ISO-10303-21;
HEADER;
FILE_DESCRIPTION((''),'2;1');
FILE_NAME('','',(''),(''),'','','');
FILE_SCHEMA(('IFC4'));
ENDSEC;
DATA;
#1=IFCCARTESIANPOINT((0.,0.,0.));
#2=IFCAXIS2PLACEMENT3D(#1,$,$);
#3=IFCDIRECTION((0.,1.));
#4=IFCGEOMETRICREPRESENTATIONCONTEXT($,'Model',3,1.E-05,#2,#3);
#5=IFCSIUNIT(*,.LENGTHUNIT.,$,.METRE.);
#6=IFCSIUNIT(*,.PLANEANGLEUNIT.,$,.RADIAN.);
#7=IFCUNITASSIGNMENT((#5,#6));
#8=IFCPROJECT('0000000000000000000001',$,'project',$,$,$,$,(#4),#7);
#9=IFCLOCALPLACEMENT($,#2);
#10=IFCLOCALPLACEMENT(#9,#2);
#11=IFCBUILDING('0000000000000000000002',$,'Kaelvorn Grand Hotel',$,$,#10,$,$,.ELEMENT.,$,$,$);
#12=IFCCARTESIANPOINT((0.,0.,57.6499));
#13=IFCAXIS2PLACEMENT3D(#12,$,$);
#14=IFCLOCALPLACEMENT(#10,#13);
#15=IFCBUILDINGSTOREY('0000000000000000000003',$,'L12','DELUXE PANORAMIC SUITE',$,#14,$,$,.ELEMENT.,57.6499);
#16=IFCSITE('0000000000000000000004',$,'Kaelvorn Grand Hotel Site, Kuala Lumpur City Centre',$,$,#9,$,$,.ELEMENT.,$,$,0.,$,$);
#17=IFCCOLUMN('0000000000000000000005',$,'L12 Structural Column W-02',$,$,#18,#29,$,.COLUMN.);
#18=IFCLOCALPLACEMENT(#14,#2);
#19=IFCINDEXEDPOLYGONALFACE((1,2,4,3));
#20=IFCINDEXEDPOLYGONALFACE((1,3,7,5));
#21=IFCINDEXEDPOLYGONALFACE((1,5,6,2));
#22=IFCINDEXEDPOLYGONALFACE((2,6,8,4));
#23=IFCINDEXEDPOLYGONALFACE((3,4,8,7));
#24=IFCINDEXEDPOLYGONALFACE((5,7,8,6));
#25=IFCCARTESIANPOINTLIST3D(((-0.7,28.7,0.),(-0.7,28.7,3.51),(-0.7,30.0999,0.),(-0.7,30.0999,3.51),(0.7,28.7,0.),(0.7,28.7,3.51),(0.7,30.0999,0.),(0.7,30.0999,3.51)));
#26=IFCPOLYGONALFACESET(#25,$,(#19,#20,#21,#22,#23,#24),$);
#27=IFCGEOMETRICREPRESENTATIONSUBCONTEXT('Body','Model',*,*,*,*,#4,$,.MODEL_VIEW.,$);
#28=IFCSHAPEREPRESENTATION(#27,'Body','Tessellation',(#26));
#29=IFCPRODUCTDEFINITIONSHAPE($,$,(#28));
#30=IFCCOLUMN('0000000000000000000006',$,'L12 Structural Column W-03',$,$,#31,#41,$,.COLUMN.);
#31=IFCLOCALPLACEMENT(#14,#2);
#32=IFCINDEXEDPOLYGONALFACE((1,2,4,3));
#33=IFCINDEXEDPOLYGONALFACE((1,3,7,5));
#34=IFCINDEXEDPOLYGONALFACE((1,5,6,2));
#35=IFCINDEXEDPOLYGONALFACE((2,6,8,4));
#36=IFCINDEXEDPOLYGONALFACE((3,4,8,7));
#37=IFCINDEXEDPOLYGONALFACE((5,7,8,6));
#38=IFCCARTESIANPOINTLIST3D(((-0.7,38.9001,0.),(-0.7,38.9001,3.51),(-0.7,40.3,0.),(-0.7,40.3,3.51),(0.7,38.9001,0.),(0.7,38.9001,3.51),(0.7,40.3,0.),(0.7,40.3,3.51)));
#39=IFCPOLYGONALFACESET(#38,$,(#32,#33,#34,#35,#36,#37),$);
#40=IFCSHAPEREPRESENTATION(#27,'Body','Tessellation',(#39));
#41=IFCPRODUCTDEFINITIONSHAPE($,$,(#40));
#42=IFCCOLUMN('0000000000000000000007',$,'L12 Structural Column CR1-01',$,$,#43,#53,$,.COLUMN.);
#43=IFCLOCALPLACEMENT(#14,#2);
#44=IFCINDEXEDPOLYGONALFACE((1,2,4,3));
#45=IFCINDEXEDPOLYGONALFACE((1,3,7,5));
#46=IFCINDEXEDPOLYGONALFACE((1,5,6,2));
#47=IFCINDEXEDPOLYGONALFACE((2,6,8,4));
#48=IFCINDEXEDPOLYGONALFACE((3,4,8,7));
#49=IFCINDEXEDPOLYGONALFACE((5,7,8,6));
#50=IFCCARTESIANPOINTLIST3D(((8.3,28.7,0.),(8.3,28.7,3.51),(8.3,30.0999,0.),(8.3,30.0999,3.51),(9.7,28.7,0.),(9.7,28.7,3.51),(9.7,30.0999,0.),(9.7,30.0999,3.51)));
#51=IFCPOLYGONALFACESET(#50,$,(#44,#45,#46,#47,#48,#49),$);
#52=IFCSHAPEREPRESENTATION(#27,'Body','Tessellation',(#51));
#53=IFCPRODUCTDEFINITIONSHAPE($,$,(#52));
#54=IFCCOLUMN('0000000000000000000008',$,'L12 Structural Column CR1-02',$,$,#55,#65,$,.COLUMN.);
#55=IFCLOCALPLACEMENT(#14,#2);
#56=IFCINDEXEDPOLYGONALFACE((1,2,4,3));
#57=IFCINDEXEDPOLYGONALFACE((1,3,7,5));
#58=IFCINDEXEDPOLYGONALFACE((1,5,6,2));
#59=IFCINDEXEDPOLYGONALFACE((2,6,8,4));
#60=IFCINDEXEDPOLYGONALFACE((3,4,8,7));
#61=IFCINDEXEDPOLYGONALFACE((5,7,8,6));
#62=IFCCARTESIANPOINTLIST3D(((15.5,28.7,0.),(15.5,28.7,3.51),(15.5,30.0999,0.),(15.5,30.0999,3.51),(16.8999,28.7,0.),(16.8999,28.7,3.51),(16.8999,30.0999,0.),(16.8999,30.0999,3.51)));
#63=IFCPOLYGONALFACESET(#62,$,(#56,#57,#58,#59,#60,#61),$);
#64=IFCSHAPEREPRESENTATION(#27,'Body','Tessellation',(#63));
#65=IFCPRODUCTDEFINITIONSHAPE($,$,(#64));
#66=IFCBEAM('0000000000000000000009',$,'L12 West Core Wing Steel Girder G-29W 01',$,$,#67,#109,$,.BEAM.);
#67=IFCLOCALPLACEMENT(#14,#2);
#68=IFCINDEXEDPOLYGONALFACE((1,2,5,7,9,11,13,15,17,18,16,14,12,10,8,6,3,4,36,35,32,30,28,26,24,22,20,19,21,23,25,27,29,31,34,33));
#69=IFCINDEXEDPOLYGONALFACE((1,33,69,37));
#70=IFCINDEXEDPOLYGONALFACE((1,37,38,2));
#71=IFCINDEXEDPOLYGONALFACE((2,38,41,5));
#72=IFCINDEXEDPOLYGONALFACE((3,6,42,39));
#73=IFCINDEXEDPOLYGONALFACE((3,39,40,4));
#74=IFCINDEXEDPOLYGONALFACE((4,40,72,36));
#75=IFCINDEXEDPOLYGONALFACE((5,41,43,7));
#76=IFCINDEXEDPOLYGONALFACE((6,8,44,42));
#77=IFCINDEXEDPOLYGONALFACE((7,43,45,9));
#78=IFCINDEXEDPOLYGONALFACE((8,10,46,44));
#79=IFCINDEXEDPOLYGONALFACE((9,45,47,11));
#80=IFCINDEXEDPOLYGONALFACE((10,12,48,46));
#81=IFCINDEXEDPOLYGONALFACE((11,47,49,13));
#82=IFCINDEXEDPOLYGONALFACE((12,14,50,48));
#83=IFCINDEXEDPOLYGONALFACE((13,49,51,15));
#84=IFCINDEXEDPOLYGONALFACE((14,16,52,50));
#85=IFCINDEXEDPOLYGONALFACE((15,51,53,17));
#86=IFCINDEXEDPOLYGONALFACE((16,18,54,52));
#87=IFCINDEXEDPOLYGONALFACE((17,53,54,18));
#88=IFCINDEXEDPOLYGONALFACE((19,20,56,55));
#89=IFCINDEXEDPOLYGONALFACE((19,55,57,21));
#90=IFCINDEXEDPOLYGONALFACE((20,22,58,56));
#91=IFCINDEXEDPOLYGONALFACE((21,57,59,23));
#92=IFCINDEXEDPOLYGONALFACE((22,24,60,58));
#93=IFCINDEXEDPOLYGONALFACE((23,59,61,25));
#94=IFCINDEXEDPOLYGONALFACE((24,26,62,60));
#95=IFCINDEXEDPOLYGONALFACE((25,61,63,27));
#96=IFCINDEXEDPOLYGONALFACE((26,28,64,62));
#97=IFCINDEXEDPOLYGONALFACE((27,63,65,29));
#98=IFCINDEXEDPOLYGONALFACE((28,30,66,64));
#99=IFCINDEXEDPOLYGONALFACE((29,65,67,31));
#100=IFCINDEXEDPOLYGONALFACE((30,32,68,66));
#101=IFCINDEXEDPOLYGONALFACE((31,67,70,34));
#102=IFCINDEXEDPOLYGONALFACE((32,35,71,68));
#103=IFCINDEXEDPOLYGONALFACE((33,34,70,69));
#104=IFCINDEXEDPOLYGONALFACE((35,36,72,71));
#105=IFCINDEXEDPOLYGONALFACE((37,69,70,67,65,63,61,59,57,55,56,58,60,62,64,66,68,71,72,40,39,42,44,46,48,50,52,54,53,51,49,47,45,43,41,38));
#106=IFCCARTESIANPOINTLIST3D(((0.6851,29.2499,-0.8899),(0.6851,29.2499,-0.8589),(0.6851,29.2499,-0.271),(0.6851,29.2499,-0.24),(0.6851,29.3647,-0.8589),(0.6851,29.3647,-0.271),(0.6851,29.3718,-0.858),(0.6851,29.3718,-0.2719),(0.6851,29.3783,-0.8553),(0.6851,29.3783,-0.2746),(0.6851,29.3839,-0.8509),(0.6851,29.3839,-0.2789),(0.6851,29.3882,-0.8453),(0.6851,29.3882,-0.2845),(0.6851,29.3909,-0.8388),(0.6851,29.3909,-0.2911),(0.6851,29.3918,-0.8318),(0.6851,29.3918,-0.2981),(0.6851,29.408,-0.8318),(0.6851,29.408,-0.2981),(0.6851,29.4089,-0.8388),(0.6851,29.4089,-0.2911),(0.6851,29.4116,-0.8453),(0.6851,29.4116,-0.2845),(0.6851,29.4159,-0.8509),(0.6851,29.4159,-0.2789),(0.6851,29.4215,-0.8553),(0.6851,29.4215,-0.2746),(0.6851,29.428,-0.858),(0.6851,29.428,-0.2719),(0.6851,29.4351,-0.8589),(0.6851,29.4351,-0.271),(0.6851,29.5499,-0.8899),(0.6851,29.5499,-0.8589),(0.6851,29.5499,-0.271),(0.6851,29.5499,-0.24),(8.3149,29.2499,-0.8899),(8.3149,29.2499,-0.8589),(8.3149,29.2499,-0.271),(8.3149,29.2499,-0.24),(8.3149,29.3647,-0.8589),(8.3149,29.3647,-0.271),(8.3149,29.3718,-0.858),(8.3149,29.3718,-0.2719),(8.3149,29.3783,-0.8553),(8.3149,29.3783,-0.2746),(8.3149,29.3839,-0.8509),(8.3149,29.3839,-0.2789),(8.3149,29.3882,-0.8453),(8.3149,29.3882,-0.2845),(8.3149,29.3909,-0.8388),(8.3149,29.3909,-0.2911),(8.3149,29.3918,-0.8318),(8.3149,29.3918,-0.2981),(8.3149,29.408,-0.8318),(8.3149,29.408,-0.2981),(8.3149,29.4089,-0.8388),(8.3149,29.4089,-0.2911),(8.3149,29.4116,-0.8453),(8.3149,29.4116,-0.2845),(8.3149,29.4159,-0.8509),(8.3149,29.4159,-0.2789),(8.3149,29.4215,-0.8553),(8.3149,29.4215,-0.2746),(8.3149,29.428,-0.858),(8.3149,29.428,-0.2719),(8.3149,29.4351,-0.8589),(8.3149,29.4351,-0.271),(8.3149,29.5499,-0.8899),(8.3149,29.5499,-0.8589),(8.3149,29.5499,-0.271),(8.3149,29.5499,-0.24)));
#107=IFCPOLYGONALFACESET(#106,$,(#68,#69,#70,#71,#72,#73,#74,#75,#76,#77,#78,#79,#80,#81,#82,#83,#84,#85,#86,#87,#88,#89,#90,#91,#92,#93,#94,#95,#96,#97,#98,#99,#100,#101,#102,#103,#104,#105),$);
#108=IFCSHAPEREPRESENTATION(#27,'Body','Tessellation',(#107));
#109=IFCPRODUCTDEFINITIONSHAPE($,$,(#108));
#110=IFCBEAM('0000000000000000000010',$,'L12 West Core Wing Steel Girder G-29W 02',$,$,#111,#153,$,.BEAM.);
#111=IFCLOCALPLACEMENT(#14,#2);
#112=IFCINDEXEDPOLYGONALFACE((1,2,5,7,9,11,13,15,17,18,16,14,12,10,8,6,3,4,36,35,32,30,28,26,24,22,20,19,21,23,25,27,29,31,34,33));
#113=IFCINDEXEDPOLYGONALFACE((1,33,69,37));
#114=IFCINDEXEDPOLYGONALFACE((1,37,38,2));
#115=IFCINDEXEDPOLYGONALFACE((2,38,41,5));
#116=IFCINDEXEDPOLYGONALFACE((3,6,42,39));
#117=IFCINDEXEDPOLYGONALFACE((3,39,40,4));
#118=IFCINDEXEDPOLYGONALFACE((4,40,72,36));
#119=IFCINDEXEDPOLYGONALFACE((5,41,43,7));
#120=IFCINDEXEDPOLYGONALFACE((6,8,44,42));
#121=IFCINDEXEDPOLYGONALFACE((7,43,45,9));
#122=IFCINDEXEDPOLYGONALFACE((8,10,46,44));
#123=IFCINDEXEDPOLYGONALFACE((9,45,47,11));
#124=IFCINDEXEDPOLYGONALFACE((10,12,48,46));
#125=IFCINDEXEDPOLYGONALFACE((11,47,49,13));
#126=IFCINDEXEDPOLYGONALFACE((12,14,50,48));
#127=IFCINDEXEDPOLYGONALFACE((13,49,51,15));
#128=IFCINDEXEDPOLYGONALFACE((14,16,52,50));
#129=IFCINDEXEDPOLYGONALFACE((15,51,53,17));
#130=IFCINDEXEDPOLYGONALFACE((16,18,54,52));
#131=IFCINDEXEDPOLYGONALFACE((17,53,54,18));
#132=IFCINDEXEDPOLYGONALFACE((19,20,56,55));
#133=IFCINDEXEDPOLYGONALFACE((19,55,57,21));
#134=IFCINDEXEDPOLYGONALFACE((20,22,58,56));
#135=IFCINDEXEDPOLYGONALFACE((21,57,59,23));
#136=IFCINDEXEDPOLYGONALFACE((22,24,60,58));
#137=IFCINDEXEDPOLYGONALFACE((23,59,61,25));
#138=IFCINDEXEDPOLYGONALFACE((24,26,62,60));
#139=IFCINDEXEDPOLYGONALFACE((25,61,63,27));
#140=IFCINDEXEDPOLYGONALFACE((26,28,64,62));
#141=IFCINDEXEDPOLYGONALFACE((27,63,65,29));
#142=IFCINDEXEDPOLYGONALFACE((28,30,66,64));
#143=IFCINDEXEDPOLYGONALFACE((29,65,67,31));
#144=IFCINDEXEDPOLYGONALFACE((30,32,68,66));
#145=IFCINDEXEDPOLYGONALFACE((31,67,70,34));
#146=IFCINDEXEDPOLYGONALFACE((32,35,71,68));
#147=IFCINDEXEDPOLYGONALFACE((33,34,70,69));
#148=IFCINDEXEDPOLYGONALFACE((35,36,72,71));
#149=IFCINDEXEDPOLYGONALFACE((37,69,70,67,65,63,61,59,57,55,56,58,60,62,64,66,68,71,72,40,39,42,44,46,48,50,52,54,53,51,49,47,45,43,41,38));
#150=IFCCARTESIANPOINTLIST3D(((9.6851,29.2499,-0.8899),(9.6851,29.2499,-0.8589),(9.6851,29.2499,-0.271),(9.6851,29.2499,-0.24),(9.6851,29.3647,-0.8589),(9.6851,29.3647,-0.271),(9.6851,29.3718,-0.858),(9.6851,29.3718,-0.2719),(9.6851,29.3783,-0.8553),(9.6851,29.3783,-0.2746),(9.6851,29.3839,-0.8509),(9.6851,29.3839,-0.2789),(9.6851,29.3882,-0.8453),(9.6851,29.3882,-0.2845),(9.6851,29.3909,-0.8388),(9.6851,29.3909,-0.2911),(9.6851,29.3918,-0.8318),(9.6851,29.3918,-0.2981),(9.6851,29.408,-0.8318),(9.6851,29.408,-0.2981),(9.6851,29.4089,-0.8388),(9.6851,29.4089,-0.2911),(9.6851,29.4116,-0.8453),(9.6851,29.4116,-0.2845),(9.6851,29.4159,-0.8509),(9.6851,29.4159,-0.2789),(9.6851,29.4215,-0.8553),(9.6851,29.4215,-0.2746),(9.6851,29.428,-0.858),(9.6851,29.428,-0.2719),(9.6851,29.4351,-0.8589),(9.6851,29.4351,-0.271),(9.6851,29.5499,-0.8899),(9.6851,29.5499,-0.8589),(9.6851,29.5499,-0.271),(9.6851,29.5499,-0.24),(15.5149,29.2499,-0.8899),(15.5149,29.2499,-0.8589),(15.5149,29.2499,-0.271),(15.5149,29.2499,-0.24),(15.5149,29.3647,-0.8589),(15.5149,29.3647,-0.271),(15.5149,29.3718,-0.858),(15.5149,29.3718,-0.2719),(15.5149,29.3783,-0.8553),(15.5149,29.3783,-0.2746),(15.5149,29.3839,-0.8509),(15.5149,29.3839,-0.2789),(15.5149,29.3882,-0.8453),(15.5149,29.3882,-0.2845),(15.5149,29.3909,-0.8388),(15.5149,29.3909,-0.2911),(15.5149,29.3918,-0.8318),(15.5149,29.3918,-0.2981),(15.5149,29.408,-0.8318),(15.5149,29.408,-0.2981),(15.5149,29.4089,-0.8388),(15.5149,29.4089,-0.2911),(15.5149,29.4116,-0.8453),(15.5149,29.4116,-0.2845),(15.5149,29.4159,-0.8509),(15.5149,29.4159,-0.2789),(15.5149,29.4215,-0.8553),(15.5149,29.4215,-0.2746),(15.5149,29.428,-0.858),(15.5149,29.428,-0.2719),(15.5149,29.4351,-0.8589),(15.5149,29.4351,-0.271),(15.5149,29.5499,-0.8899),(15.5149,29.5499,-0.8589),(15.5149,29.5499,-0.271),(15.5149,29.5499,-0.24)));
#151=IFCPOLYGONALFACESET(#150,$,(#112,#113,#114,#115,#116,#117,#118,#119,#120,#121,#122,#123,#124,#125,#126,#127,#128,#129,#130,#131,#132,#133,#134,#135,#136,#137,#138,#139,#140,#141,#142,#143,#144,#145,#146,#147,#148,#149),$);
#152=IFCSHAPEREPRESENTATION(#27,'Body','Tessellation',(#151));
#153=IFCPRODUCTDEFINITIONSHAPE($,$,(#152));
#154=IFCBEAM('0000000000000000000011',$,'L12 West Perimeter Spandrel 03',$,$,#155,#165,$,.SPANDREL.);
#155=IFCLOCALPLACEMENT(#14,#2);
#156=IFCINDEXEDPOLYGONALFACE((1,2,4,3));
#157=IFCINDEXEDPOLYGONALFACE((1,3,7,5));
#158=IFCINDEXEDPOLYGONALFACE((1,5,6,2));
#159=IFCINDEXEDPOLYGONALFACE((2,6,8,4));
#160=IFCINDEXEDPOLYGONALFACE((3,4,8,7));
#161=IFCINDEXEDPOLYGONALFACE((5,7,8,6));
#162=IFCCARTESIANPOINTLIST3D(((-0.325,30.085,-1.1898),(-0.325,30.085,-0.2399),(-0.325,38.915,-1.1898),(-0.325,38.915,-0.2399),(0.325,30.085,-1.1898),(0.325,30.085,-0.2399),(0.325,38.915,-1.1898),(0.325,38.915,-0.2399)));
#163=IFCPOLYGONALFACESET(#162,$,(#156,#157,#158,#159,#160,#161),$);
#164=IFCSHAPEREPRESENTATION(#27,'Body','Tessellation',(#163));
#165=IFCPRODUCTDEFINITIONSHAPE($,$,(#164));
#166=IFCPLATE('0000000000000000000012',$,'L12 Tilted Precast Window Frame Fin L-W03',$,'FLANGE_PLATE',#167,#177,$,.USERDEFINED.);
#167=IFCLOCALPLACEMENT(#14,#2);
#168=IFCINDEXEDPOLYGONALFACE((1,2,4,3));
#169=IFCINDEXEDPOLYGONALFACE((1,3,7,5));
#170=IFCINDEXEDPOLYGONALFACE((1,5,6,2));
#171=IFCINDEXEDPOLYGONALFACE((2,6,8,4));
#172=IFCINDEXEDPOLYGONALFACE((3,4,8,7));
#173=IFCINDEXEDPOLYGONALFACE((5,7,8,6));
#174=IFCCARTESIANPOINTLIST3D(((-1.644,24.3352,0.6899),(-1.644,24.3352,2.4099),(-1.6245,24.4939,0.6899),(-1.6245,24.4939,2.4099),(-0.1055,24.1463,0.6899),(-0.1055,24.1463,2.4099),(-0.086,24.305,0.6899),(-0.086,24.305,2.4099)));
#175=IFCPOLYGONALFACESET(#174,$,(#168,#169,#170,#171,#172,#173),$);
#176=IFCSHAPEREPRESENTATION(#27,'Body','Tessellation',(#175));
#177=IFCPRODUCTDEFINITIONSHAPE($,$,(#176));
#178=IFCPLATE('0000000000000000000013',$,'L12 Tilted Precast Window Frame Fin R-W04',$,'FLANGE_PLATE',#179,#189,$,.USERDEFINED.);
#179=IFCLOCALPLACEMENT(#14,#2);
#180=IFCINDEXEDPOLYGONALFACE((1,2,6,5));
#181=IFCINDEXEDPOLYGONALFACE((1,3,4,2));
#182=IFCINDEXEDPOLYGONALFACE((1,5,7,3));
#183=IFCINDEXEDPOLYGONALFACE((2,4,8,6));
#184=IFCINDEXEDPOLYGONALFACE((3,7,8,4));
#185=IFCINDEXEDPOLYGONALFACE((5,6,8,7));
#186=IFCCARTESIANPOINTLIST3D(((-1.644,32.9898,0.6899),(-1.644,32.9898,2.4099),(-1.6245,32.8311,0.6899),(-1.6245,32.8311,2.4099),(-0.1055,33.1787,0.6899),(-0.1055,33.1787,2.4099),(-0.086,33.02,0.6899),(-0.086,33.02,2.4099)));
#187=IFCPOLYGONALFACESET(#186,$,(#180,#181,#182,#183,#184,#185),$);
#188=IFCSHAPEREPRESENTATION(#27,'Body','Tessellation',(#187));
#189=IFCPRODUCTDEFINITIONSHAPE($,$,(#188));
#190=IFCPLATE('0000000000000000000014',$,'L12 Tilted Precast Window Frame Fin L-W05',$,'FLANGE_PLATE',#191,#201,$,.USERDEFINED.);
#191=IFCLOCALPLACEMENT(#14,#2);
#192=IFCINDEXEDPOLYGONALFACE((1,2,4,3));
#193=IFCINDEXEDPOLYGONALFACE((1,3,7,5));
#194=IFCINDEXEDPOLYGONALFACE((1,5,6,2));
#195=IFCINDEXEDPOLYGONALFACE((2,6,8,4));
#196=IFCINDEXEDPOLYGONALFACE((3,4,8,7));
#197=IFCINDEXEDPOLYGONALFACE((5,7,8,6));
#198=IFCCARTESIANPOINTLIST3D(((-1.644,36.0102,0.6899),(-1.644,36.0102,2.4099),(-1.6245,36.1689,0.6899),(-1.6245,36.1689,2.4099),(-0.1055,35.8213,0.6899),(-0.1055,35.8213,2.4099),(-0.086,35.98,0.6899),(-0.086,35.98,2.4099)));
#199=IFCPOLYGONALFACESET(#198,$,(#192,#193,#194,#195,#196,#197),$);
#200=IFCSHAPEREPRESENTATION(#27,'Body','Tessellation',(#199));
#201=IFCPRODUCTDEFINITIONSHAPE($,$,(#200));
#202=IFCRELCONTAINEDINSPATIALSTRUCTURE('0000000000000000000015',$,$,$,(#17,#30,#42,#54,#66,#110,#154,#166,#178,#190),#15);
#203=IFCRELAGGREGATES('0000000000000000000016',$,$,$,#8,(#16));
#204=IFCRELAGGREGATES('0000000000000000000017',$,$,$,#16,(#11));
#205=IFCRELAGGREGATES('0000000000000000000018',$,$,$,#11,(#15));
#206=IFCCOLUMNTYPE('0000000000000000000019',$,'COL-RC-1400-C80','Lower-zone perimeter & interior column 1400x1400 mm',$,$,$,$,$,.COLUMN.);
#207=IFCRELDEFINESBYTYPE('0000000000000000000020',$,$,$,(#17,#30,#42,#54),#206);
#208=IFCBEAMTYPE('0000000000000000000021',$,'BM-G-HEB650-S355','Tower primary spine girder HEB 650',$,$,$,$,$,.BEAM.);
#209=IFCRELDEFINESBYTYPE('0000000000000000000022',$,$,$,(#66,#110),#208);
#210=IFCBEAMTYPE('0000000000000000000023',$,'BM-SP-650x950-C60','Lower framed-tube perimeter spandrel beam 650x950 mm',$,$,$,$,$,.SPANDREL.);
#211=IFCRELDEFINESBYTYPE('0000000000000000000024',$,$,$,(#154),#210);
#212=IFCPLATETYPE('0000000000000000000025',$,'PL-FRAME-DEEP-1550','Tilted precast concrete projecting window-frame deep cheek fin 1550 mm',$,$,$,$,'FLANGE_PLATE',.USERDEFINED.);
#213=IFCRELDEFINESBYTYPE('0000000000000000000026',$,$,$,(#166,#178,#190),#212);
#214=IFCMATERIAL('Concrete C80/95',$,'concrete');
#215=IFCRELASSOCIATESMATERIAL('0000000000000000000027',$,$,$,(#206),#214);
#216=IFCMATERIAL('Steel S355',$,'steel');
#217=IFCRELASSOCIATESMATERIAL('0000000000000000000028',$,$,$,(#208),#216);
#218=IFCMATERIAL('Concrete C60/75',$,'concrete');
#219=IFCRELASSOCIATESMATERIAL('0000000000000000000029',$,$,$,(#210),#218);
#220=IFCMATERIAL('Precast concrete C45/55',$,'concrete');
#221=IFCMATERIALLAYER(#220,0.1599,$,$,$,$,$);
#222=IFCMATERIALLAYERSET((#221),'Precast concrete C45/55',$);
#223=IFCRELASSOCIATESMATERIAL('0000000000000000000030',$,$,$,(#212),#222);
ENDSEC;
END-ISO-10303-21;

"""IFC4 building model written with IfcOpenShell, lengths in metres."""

from ifc_helpers import new_model, si_unit, direction, frame, origin, origin_2d, place, context, subcontext, project, spatial, rectangle, i_section, extrude, material, layer, layer_set, material_profile, profile_set, type_object, element, save


model = new_model("IFC4")

# Units and contexts
model_context = context("Model", 3, precision=1e-05, world=origin(), true_north=direction((0.0, 1.0)))
body_context = subcontext(model_context, "Body", "Model", "MODEL_VIEW")
ifc_project = project(units=[si_unit("LENGTHUNIT", "METRE"), si_unit("PLANEANGLEUNIT", "RADIAN")], contexts=[model_context])

# Site, building, storey
site_placement = place(None, origin())
site = spatial("IfcSite", under=ifc_project, at=site_placement, Name="Kaelvorn Grand Hotel Site, Kuala Lumpur City Centre", CompositionType="ELEMENT", RefElevation=0.0)
building_placement = place(site_placement, origin())
building = spatial("IfcBuilding", under=site, at=building_placement, Name="Kaelvorn Grand Hotel", CompositionType="ELEMENT")
storey_placement = place(building_placement, frame((0.0, 0.0, 57.6499)))
storey = spatial("IfcBuildingStorey", under=building, at=storey_placement, Name="L12", Description="DELUXE PANORAMIC SUITE", CompositionType="ELEMENT", Elevation=57.6499)

# Columns
ifc_material_1 = material(Name="Concrete C80/95", Category="concrete")
ifc_material_profile_1 = material_profile(ifc_material_1, rectangle(XDim=1.3999, YDim=1.3999, at=origin_2d()), Name="RC COL 1400x1400")
ifc_profile_set_1 = profile_set([ifc_material_profile_1], Name="Concrete C80/95")
column_type = type_object("IfcColumnType", Name="COL-RC-1400-C80", Description="Lower-zone perimeter & interior column 1400x1400 mm", PredefinedType="COLUMN", material=ifc_profile_set_1)
for number, where, z_axis, x_axis, name in (
    (1, (0.0, 29.3999, 0.0), (0.0, 0.0, 1.0), (1.0, 0.0, 0.0), "L12 Structural Column W-02"),
    (2, (0.0, 39.6001, 0.0), (0.0, 0.0, 1.0), (1.0, 0.0, 0.0), "L12 Structural Column W-03"),
    (3, (9.0, 29.3999, 0.0), (0.0, 0.0, 1.0), (1.0, 0.0, 0.0), "L12 Structural Column CR1-01"),
    (4, (16.2, 29.3999, 0.0), (0.0, 0.0, 1.0), (1.0, 0.0, 0.0), "L12 Structural Column CR1-02"),
):
    element("IfcColumn", number, at=place(storey_placement, frame(where, z_axis=z_axis, x_axis=x_axis)), inside=storey, type_object=column_type, Name=name, PredefinedType="COLUMN", context=body_context, shape_type="SweptSolid", body=[
        extrude(rectangle(XDim=1.3999, YDim=1.3999, at=origin_2d()), origin(), (0.0, 0.0, 1.0), 3.51),
    ])

# Beams
ifc_material_2 = material(Name="Steel S355", Category="steel")
ifc_material_profile_2 = material_profile(ifc_material_2, i_section(OverallWidth=0.3, OverallDepth=0.6499, WebThickness=0.0161, FlangeThickness=0.031, FilletRadius=0.0271, at=origin_2d()), Name="HEB 650")
ifc_profile_set_2 = profile_set([ifc_material_profile_2], Name="Steel S355")
beam_type_1 = type_object("IfcBeamType", Name="BM-G-HEB650-S355", Description="Tower primary spine girder HEB 650", PredefinedType="BEAM", material=ifc_profile_set_2)
beam_1_placement = place(storey_placement, frame((0.6851, 29.3999, -0.5649), z_axis=(1.0, 0.0, 0.0), x_axis=(0.0, 1.0, 0.0)))
element("IfcBeam", 5, at=beam_1_placement, inside=storey, type_object=beam_type_1, Name="L12 West Core Wing Steel Girder G-29W 01", PredefinedType="BEAM", context=body_context, shape_type="SweptSolid", body=[
    extrude(i_section(OverallWidth=0.3, OverallDepth=0.6499, WebThickness=0.0161, FlangeThickness=0.031, FilletRadius=0.0271, at=origin_2d()), origin(), (0.0, 0.0, 1.0), 7.6299),
])
beam_2_placement = place(storey_placement, frame((9.6851, 29.3999, -0.5649), z_axis=(1.0, 0.0, 0.0), x_axis=(0.0, 1.0, 0.0)))
element("IfcBeam", 6, at=beam_2_placement, inside=storey, type_object=beam_type_1, Name="L12 West Core Wing Steel Girder G-29W 02", PredefinedType="BEAM", context=body_context, shape_type="SweptSolid", body=[
    extrude(i_section(OverallWidth=0.3, OverallDepth=0.6499, WebThickness=0.0161, FlangeThickness=0.031, FilletRadius=0.0271, at=origin_2d()), origin(), (0.0, 0.0, 1.0), 5.8298),
])
ifc_material_3 = material(Name="Concrete C60/75", Category="concrete")
ifc_material_profile_3 = material_profile(ifc_material_3, rectangle(XDim=0.6499, YDim=0.95, at=origin_2d()), Name="RC SPANDREL 650x950")
ifc_profile_set_3 = profile_set([ifc_material_profile_3], Name="Concrete C60/75")
beam_type_2 = type_object("IfcBeamType", Name="BM-SP-650x950-C60", Description="Lower framed-tube perimeter spandrel beam 650x950 mm", PredefinedType="SPANDREL", material=ifc_profile_set_3)
beam_3_placement = place(storey_placement, frame((0.0, 30.085, -0.7148), z_axis=(0.0, 1.0, 0.0), x_axis=(-1.0, 0.0, 0.0)))
element("IfcBeam", 7, at=beam_3_placement, inside=storey, type_object=beam_type_2, Name="L12 West Perimeter Spandrel 03", PredefinedType="SPANDREL", context=body_context, shape_type="SweptSolid", body=[
    extrude(rectangle(XDim=0.6499, YDim=0.95, at=origin_2d()), origin(), (0.0, 0.0, 1.0), 8.8301),
])

# Plates
ifc_material_4 = material(Name="Precast concrete C45/55", Category="concrete")
ifc_layer_1 = layer(ifc_material_4, 0.1599)
ifc_layer_set_1 = layer_set([ifc_layer_1], Name="Precast concrete C45/55")
plate_type_1 = type_object("IfcPlateType", Name="PL-FRAME-DEEP-1550", Description="Tilted precast concrete projecting window-frame deep cheek fin 1550 mm", ElementType="FLANGE_PLATE", PredefinedType="USERDEFINED", material=ifc_layer_set_1)
for number, where, z_axis, x_axis, name in (
    (8, (-0.865, 24.3201, 0.6899), (0.0, 0.0, 1.0), (0.121869, 0.992546, 0.0), "L12 Tilted Precast Window Frame Fin L-W03"),
    (9, (-0.865, 33.0049, 0.6899), (0.0, 0.0, 1.0), (-0.121869, 0.992546, 0.0), "L12 Tilted Precast Window Frame Fin R-W04"),
    (10, (-0.865, 35.9951, 0.6899), (0.0, 0.0, 1.0), (0.121869, 0.992546, 0.0), "L12 Tilted Precast Window Frame Fin L-W05"),
):
    element("IfcPlate", number, at=place(storey_placement, frame(where, z_axis=z_axis, x_axis=x_axis)), inside=storey, type_object=plate_type_1, Name=name, ObjectType="FLANGE_PLATE", PredefinedType="USERDEFINED", context=body_context, shape_type="SweptSolid", body=[
        extrude(rectangle(XDim=0.1599, YDim=1.55, at=origin_2d()), origin(), (0.0, 0.0, 1.0), 1.72),
    ])

save(model, "model.ifc")
